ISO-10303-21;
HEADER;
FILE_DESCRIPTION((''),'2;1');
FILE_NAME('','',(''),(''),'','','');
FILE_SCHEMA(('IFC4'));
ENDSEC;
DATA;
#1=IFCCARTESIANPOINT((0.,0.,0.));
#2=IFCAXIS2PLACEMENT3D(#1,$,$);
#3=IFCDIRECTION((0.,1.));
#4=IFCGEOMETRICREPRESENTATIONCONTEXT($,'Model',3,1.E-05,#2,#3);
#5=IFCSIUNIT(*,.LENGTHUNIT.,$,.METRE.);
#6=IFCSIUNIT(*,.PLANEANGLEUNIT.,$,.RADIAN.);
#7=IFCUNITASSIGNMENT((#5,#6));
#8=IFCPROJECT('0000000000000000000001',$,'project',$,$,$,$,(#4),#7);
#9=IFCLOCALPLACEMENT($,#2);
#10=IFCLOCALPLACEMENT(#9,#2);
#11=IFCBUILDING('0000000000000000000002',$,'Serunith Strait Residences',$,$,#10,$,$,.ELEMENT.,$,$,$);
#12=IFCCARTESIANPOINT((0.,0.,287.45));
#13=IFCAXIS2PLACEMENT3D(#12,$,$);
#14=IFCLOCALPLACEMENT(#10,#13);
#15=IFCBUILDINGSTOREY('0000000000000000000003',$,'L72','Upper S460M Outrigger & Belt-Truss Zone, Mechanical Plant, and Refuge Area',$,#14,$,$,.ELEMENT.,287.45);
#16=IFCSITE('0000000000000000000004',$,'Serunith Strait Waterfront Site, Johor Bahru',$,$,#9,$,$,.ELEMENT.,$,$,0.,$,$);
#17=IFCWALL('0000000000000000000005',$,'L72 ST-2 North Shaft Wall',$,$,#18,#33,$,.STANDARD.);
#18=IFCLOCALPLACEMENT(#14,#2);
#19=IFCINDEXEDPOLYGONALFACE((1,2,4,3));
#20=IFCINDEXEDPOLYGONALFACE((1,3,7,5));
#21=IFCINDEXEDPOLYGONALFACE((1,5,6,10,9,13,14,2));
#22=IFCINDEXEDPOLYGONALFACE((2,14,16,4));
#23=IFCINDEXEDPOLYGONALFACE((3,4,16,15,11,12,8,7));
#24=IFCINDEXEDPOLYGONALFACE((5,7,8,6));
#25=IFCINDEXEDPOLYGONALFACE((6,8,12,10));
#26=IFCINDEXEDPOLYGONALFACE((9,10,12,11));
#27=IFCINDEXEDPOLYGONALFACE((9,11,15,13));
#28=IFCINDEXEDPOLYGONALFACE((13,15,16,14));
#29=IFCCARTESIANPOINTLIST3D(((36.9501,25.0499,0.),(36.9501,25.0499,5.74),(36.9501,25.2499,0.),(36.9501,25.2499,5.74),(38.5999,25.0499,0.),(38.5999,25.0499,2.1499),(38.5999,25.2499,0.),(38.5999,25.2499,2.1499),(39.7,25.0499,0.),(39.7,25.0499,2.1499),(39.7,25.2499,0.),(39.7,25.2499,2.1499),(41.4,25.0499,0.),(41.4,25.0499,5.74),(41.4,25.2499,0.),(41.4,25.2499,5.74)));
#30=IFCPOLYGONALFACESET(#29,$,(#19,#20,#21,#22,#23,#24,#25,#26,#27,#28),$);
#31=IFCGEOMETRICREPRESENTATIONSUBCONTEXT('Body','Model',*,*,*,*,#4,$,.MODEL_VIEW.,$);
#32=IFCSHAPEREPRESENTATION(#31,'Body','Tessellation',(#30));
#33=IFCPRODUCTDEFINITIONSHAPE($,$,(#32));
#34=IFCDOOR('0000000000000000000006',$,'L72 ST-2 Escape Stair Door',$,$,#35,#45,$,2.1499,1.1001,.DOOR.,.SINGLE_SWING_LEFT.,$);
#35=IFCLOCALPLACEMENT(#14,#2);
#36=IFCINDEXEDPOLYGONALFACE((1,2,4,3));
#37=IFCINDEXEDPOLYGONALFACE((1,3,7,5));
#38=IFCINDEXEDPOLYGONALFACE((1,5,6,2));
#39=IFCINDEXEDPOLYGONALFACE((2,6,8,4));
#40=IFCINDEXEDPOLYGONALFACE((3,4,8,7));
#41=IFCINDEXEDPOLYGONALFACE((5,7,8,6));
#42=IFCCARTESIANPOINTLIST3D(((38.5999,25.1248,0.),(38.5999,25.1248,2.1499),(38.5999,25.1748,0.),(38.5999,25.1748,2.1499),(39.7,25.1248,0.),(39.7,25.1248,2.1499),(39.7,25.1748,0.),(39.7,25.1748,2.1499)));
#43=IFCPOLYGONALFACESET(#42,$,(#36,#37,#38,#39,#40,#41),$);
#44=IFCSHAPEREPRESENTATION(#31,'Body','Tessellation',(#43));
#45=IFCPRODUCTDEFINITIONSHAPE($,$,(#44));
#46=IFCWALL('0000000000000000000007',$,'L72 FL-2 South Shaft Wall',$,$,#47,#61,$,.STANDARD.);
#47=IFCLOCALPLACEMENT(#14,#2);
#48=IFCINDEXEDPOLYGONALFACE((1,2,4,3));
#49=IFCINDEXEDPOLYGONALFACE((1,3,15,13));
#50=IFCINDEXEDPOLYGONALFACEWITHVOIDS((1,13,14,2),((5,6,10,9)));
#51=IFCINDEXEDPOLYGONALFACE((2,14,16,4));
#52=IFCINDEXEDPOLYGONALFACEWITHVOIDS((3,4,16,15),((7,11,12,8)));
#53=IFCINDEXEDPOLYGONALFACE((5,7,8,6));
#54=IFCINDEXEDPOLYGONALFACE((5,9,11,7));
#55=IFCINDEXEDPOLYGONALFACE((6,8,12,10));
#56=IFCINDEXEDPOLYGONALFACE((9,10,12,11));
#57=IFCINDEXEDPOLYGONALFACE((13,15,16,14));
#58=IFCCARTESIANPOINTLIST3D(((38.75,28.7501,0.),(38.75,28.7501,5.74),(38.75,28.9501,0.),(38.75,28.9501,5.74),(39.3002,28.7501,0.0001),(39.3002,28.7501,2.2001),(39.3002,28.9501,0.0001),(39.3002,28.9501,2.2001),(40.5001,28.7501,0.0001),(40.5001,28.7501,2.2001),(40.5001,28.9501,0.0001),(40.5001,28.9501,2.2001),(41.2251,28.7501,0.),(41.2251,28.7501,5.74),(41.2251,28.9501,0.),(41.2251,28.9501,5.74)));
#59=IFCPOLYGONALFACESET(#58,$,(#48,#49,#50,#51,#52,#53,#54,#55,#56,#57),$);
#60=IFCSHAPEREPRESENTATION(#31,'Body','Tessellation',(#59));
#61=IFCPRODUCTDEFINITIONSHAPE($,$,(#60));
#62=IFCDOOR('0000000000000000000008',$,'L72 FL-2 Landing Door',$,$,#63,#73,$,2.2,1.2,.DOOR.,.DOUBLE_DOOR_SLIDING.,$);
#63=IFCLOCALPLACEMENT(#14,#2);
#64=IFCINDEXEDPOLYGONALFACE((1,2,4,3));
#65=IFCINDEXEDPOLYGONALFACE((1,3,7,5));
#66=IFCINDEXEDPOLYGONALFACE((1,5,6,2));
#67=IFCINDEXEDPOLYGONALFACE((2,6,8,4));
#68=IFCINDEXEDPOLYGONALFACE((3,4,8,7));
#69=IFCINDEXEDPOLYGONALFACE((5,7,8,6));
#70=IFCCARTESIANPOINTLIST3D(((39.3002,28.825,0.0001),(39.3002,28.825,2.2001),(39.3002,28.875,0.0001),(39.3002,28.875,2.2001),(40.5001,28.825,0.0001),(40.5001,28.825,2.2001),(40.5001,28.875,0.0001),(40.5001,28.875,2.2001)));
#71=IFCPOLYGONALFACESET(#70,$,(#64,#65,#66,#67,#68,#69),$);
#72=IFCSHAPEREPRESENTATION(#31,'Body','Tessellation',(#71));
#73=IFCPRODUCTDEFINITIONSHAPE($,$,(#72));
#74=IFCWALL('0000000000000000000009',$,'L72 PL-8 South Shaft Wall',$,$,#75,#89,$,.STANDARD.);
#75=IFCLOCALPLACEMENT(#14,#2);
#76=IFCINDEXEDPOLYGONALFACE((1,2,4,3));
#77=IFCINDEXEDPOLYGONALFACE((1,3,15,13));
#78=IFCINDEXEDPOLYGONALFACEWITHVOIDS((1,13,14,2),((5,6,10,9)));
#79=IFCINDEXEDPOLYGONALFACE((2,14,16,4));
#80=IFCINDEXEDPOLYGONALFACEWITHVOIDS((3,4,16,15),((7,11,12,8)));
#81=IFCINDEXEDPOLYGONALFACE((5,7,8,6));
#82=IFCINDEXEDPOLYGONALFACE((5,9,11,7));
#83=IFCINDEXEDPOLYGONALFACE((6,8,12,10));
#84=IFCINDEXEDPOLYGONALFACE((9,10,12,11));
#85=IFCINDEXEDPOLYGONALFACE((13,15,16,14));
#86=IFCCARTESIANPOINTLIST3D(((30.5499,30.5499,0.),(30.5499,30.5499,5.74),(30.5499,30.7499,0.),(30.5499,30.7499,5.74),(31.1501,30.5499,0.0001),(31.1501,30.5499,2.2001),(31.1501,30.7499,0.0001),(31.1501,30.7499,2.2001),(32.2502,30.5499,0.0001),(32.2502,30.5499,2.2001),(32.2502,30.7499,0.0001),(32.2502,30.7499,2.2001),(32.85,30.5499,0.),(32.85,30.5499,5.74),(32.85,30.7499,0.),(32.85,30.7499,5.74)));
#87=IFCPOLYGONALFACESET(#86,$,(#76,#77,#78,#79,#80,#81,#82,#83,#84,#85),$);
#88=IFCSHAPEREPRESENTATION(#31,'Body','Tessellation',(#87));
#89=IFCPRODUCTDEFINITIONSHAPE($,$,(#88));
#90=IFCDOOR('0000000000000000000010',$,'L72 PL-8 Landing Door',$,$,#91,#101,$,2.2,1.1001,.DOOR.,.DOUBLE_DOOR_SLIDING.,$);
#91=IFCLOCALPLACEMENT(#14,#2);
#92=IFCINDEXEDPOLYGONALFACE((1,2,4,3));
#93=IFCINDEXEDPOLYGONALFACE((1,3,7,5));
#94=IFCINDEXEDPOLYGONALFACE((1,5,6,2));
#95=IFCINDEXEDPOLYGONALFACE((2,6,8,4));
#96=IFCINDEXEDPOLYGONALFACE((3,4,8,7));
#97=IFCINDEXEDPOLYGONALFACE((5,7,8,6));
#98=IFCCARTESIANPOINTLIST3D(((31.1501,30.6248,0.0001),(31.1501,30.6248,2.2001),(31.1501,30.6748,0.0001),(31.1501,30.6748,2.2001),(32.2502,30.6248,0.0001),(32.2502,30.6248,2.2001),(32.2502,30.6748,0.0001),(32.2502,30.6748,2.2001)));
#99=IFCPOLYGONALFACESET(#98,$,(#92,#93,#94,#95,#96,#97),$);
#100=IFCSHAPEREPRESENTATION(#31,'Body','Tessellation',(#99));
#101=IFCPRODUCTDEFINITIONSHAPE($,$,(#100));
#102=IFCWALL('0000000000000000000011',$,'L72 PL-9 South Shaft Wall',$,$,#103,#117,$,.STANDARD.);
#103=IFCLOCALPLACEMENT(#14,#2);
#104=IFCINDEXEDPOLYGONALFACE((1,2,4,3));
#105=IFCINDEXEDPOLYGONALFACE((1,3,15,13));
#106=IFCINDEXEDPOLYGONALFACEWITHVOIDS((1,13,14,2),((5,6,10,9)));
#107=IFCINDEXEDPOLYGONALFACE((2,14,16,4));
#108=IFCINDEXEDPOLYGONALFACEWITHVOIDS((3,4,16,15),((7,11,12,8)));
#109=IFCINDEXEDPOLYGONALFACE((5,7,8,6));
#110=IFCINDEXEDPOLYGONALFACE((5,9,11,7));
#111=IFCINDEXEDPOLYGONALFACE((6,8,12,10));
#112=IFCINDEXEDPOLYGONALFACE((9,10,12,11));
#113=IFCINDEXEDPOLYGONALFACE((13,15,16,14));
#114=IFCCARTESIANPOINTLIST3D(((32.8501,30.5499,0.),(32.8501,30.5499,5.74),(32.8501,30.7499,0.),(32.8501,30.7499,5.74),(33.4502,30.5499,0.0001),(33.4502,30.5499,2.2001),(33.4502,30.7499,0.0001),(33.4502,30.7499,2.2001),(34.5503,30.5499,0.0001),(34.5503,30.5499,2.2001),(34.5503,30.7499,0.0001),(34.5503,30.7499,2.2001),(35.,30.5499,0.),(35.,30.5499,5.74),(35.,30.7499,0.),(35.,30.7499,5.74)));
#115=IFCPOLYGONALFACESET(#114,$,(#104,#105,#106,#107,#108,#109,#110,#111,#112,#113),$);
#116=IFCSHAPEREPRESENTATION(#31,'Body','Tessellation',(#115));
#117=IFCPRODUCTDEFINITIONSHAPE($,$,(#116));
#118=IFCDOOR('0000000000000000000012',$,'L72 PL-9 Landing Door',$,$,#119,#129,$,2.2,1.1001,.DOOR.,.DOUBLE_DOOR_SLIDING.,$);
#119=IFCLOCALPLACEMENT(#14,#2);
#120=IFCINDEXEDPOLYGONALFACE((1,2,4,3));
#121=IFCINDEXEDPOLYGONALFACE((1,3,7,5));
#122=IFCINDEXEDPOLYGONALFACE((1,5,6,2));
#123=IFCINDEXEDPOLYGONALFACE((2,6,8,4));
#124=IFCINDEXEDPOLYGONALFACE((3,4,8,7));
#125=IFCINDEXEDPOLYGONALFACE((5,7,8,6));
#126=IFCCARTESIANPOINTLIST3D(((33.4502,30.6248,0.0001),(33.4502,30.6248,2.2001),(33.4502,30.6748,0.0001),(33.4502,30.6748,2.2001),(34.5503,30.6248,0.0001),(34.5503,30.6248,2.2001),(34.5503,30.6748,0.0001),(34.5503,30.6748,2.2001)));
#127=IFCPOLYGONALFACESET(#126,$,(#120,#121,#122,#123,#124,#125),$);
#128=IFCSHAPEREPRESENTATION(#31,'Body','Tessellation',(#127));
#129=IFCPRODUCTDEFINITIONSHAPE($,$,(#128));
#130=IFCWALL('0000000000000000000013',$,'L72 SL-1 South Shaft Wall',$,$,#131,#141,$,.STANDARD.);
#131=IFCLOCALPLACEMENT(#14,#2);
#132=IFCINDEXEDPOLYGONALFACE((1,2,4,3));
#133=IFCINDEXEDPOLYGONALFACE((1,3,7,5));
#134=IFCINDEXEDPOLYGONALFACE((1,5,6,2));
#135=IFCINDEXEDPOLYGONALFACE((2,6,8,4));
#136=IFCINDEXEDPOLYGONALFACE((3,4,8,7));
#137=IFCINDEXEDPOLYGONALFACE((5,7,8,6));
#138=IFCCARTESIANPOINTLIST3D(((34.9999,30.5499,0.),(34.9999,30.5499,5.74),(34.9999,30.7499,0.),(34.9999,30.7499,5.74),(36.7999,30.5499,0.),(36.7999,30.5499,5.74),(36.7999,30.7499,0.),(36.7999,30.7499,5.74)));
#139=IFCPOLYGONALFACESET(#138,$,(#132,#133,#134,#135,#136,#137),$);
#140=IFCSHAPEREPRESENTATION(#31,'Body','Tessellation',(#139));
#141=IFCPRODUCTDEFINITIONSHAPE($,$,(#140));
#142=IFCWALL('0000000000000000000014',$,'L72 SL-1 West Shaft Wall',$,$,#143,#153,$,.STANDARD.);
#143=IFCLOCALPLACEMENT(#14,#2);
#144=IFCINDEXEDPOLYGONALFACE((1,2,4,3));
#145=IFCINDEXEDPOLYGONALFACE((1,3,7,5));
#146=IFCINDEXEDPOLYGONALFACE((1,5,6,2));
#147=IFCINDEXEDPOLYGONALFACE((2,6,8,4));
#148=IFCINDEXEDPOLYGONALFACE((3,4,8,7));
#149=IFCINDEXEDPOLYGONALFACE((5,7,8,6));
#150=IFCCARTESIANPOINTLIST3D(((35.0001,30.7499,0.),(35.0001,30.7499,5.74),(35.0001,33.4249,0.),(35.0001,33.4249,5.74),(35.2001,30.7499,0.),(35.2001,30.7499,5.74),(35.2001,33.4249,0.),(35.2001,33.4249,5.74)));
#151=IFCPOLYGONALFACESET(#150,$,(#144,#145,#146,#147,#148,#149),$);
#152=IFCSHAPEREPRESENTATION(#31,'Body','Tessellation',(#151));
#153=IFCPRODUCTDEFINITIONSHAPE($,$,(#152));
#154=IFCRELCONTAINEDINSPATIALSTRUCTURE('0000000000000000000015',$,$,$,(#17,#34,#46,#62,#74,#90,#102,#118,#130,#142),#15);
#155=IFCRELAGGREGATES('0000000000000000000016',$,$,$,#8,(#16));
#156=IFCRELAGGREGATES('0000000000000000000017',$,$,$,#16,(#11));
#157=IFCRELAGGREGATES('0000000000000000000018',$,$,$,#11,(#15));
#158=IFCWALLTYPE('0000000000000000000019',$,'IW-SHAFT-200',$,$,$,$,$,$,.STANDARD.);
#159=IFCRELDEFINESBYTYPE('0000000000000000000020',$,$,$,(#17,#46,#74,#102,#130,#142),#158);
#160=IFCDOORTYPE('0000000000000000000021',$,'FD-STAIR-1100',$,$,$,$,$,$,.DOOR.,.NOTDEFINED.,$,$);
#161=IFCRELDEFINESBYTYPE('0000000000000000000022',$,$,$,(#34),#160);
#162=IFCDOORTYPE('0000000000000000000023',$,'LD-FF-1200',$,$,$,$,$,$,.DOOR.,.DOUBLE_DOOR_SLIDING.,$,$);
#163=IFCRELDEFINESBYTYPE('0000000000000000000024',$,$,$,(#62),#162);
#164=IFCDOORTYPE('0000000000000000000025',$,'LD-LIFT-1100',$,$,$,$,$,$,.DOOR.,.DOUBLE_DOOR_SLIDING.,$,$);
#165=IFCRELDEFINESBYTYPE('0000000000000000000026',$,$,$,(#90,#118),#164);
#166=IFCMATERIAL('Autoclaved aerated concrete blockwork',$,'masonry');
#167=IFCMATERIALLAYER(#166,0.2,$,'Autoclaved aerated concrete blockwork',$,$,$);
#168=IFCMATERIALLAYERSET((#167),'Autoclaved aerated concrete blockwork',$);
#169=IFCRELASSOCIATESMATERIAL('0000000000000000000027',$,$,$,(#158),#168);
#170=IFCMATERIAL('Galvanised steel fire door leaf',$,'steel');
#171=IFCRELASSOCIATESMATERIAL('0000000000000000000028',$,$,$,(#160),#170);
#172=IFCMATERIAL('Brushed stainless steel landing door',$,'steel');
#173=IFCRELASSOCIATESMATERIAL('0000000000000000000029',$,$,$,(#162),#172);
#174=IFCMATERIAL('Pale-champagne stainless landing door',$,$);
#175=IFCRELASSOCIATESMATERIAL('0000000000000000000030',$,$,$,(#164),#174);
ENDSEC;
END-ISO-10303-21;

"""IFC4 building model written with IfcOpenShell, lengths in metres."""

from ifc_helpers import new_model, si_unit, direction, frame, frame_2d, origin, place, context, subcontext, project, spatial, rectangle, extrude, source, transform, mapped, material, layer, layer_set, type_object, element, fill, save


model = new_model("IFC4")

# Units and contexts
model_context = context("Model", 3, precision=1e-05, world=origin(), true_north=direction((0.0, 1.0)))
body_context = subcontext(model_context, "Body", "Model", "MODEL_VIEW")
ifc_project = project(units=[si_unit("LENGTHUNIT", "METRE"), si_unit("PLANEANGLEUNIT", "RADIAN")], contexts=[model_context])

# Site, building, storey
site_placement = place(None, origin())
site = spatial("IfcSite", under=ifc_project, at=site_placement, Name="Serunith Strait Waterfront Site, Johor Bahru", CompositionType="ELEMENT", RefElevation=0.0)
building_placement = place(site_placement, origin())
building = spatial("IfcBuilding", under=site, at=building_placement, Name="Serunith Strait Residences", CompositionType="ELEMENT")
storey_placement = place(building_placement, frame((0.0, 0.0, 287.45)))
storey = spatial("IfcBuildingStorey", under=building, at=storey_placement, Name="L72", Description="Upper S460M Outrigger & Belt-Truss Zone, Mechanical Plant, and Refuge Area", CompositionType="ELEMENT", Elevation=287.45)

# Walls, openings, doors
ifc_material_1 = material(Name="Autoclaved aerated concrete blockwork", Category="masonry")
ifc_layer_1 = layer(ifc_material_1, 0.2, Name="Autoclaved aerated concrete blockwork")
ifc_layer_set_1 = layer_set([ifc_layer_1], Name="Autoclaved aerated concrete blockwork")
wall_type_1 = type_object("IfcWallType", Name="IW-SHAFT-200", PredefinedType="STANDARD", material=ifc_layer_set_1)
wall_1_placement = place(storey_placement, frame((36.95, 25.1499, 0.0), z_axis=(0.0, 0.0, 1.0), x_axis=(1.0, 0.0, 0.0)))
wall_1 = element("IfcWall", 1, at=wall_1_placement, inside=storey, type_object=wall_type_1, Name="L72 ST-2 North Shaft Wall", PredefinedType="STANDARD", context=body_context, shape_type="SweptSolid", body=[
    extrude(rectangle(XDim=4.45, YDim=0.2, at=frame_2d((2.2251, 0.0))), origin(), (0.0, 0.0, 1.0), 5.74),
])
opening_1_placement = place(wall_1_placement, frame((1.6499, 0.0, 0.0)))
opening_1 = element("IfcOpeningElement", 2, at=opening_1_placement, cuts=wall_1, PredefinedType="OPENING", context=body_context, shape_type="SweptSolid", body=[
    extrude(rectangle(XDim=1.1001, YDim=2.1499, at=frame_2d((0.55, 1.075))), frame((0.0, 0.1099, 0.0), z_axis=(0.0, -1.0, 0.0), x_axis=(1.0, 0.0, 0.0)), (0.0, 0.0, 1.0), 0.22),
])
ifc_material_2 = material(Name="Galvanised steel fire door leaf", Category="steel")
door_type_1 = type_object("IfcDoorType", Name="FD-STAIR-1100", OperationType="NOTDEFINED", PredefinedType="DOOR", material=ifc_material_2)
shared_shape_1 = source(origin(), body_context, "Body", "SweptSolid", [
    extrude(rectangle(XDim=1.1001, YDim=2.1499, at=frame_2d((0.55, 1.075))), frame((0.0, 0.0249, 0.0), z_axis=(0.0, -1.0, 0.0), x_axis=(1.0, 0.0, 0.0)), (0.0, 0.0, 1.0), 0.05),
])
door_1_placement = place(opening_1_placement, origin())
door_1 = element("IfcDoor", 3, at=door_1_placement, inside=storey, type_object=door_type_1, Name="L72 ST-2 Escape Stair Door", OperationType="SINGLE_SWING_LEFT", OverallHeight=2.1499, OverallWidth=1.1001, PredefinedType="DOOR", context=body_context, shape_type="MappedRepresentation", body=[
    mapped(shared_shape_1, transform((0.0, 0.0, 0.0), scale=1.0)),
])
fill(opening_1, door_1)
wall_2_placement = place(storey_placement, frame((38.75, 28.8501, 0.0), z_axis=(0.0, 0.0, 1.0), x_axis=(1.0, 0.0, 0.0)))
wall_2 = element("IfcWall", 4, at=wall_2_placement, inside=storey, type_object=wall_type_1, Name="L72 FL-2 South Shaft Wall", PredefinedType="STANDARD", context=body_context, shape_type="SweptSolid", body=[
    extrude(rectangle(XDim=2.4751, YDim=0.2, at=frame_2d((1.2375, 0.0))), origin(), (0.0, 0.0, 1.0), 5.74),
])
opening_2_placement = place(wall_2_placement, frame((0.55, 0.0, 0.0)))
opening_2 = element("IfcOpeningElement", 5, at=opening_2_placement, cuts=wall_2, PredefinedType="OPENING", context=body_context, shape_type="SweptSolid", body=[
    extrude(rectangle(XDim=1.2, YDim=2.2, at=frame_2d((0.6001, 1.1001))), frame((0.0, 0.1099, 0.0), z_axis=(0.0, -1.0, 0.0), x_axis=(1.0, 0.0, 0.0)), (0.0, 0.0, 1.0), 0.22),
])
ifc_material_3 = material(Name="Brushed stainless steel landing door", Category="steel")
door_type_2 = type_object("IfcDoorType", Name="LD-FF-1200", OperationType="DOUBLE_DOOR_SLIDING", PredefinedType="DOOR", material=ifc_material_3)
shared_shape_2 = source(origin(), body_context, "Body", "SweptSolid", [
    extrude(rectangle(XDim=1.2, YDim=2.2, at=frame_2d((0.6001, 1.1001))), frame((0.0, 0.0249, 0.0), z_axis=(0.0, -1.0, 0.0), x_axis=(1.0, 0.0, 0.0)), (0.0, 0.0, 1.0), 0.05),
])
door_2_placement = place(opening_2_placement, origin())
door_2 = element("IfcDoor", 6, at=door_2_placement, inside=storey, type_object=door_type_2, Name="L72 FL-2 Landing Door", OperationType="DOUBLE_DOOR_SLIDING", OverallHeight=2.2, OverallWidth=1.2, PredefinedType="DOOR", context=body_context, shape_type="MappedRepresentation", body=[
    mapped(shared_shape_2, transform((0.0, 0.0, 0.0), scale=1.0)),
])
fill(opening_2, door_2)
wall_3_placement = place(storey_placement, frame((30.55, 30.6499, 0.0), z_axis=(0.0, 0.0, 1.0), x_axis=(1.0, 0.0, 0.0)))
wall_3 = element("IfcWall", 7, at=wall_3_placement, inside=storey, type_object=wall_type_1, Name="L72 PL-8 South Shaft Wall", PredefinedType="STANDARD", context=body_context, shape_type="SweptSolid", body=[
    extrude(rectangle(XDim=2.3, YDim=0.2, at=frame_2d((1.1499, 0.0))), origin(), (0.0, 0.0, 1.0), 5.74),
])
opening_3_placement = place(wall_3_placement, frame((0.6001, 0.0, 0.0)))
opening_3 = element("IfcOpeningElement", 8, at=opening_3_placement, cuts=wall_3, PredefinedType="OPENING", context=body_context, shape_type="SweptSolid", body=[
    extrude(rectangle(XDim=1.1001, YDim=2.2, at=frame_2d((0.55, 1.1001))), frame((0.0, 0.1099, 0.0), z_axis=(0.0, -1.0, 0.0), x_axis=(1.0, 0.0, 0.0)), (0.0, 0.0, 1.0), 0.22),
])
ifc_material_4 = material(Name="Pale-champagne stainless landing door")
door_type_3 = type_object("IfcDoorType", Name="LD-LIFT-1100", OperationType="DOUBLE_DOOR_SLIDING", PredefinedType="DOOR", material=ifc_material_4)
shared_shape_3 = source(origin(), body_context, "Body", "SweptSolid", [
    extrude(rectangle(XDim=1.1001, YDim=2.2, at=frame_2d((0.55, 1.1001))), frame((0.0, 0.0249, 0.0), z_axis=(0.0, -1.0, 0.0), x_axis=(1.0, 0.0, 0.0)), (0.0, 0.0, 1.0), 0.05),
])
door_3_placement = place(opening_3_placement, origin())
door_3 = element("IfcDoor", 9, at=door_3_placement, inside=storey, type_object=door_type_3, Name="L72 PL-8 Landing Door", OperationType="DOUBLE_DOOR_SLIDING", OverallHeight=2.2, OverallWidth=1.1001, PredefinedType="DOOR", context=body_context, shape_type="MappedRepresentation", body=[
    mapped(shared_shape_3, transform((0.0, 0.0, 0.0), scale=1.0)),
])
fill(opening_3, door_3)
wall_4_placement = place(storey_placement, frame((32.8501, 30.6499, 0.0), z_axis=(0.0, 0.0, 1.0), x_axis=(1.0, 0.0, 0.0)))
wall_4 = element("IfcWall", 10, at=wall_4_placement, inside=storey, type_object=wall_type_1, Name="L72 PL-9 South Shaft Wall", PredefinedType="STANDARD", context=body_context, shape_type="SweptSolid", body=[
    extrude(rectangle(XDim=2.1499, YDim=0.2, at=frame_2d((1.075, 0.0))), origin(), (0.0, 0.0, 1.0), 5.74),
])
opening_4_placement = place(wall_4_placement, frame((0.6001, 0.0, 0.0)))
opening_4 = element("IfcOpeningElement", 11, at=opening_4_placement, cuts=wall_4, PredefinedType="OPENING", context=body_context, shape_type="SweptSolid", body=[
    extrude(rectangle(XDim=1.1001, YDim=2.2, at=frame_2d((0.55, 1.1001))), frame((0.0, 0.1099, 0.0), z_axis=(0.0, -1.0, 0.0), x_axis=(1.0, 0.0, 0.0)), (0.0, 0.0, 1.0), 0.22),
])
door_4_placement = place(opening_4_placement, origin())
door_4 = element("IfcDoor", 12, at=door_4_placement, inside=storey, type_object=door_type_3, Name="L72 PL-9 Landing Door", OperationType="DOUBLE_DOOR_SLIDING", OverallHeight=2.2, OverallWidth=1.1001, PredefinedType="DOOR", context=body_context, shape_type="MappedRepresentation", body=[
    mapped(shared_shape_3, transform((0.0, 0.0, 0.0), scale=1.0)),
])
fill(opening_4, door_4)

# Walls
wall_5_placement = place(storey_placement, frame((35.0, 30.6499, 0.0), z_axis=(0.0, 0.0, 1.0), x_axis=(1.0, 0.0, 0.0)))
element("IfcWall", 13, at=wall_5_placement, inside=storey, type_object=wall_type_1, Name="L72 SL-1 South Shaft Wall", PredefinedType="STANDARD", context=body_context, shape_type="SweptSolid", body=[
    extrude(rectangle(XDim=1.8, YDim=0.2, at=frame_2d((0.8999, 0.0))), origin(), (0.0, 0.0, 1.0), 5.74),
])
wall_6_placement = place(storey_placement, frame((35.1001, 30.75, 0.0), z_axis=(0.0, 0.0, 1.0), x_axis=(0.0, 1.0, 0.0)))
element("IfcWall", 14, at=wall_6_placement, inside=storey, type_object=wall_type_1, Name="L72 SL-1 West Shaft Wall", PredefinedType="STANDARD", context=body_context, shape_type="SweptSolid", body=[
    extrude(rectangle(XDim=2.675, YDim=0.2, at=frame_2d((1.3374, 0.0))), origin(), (0.0, 0.0, 1.0), 5.74),
])

save(model, "model.ifc")
